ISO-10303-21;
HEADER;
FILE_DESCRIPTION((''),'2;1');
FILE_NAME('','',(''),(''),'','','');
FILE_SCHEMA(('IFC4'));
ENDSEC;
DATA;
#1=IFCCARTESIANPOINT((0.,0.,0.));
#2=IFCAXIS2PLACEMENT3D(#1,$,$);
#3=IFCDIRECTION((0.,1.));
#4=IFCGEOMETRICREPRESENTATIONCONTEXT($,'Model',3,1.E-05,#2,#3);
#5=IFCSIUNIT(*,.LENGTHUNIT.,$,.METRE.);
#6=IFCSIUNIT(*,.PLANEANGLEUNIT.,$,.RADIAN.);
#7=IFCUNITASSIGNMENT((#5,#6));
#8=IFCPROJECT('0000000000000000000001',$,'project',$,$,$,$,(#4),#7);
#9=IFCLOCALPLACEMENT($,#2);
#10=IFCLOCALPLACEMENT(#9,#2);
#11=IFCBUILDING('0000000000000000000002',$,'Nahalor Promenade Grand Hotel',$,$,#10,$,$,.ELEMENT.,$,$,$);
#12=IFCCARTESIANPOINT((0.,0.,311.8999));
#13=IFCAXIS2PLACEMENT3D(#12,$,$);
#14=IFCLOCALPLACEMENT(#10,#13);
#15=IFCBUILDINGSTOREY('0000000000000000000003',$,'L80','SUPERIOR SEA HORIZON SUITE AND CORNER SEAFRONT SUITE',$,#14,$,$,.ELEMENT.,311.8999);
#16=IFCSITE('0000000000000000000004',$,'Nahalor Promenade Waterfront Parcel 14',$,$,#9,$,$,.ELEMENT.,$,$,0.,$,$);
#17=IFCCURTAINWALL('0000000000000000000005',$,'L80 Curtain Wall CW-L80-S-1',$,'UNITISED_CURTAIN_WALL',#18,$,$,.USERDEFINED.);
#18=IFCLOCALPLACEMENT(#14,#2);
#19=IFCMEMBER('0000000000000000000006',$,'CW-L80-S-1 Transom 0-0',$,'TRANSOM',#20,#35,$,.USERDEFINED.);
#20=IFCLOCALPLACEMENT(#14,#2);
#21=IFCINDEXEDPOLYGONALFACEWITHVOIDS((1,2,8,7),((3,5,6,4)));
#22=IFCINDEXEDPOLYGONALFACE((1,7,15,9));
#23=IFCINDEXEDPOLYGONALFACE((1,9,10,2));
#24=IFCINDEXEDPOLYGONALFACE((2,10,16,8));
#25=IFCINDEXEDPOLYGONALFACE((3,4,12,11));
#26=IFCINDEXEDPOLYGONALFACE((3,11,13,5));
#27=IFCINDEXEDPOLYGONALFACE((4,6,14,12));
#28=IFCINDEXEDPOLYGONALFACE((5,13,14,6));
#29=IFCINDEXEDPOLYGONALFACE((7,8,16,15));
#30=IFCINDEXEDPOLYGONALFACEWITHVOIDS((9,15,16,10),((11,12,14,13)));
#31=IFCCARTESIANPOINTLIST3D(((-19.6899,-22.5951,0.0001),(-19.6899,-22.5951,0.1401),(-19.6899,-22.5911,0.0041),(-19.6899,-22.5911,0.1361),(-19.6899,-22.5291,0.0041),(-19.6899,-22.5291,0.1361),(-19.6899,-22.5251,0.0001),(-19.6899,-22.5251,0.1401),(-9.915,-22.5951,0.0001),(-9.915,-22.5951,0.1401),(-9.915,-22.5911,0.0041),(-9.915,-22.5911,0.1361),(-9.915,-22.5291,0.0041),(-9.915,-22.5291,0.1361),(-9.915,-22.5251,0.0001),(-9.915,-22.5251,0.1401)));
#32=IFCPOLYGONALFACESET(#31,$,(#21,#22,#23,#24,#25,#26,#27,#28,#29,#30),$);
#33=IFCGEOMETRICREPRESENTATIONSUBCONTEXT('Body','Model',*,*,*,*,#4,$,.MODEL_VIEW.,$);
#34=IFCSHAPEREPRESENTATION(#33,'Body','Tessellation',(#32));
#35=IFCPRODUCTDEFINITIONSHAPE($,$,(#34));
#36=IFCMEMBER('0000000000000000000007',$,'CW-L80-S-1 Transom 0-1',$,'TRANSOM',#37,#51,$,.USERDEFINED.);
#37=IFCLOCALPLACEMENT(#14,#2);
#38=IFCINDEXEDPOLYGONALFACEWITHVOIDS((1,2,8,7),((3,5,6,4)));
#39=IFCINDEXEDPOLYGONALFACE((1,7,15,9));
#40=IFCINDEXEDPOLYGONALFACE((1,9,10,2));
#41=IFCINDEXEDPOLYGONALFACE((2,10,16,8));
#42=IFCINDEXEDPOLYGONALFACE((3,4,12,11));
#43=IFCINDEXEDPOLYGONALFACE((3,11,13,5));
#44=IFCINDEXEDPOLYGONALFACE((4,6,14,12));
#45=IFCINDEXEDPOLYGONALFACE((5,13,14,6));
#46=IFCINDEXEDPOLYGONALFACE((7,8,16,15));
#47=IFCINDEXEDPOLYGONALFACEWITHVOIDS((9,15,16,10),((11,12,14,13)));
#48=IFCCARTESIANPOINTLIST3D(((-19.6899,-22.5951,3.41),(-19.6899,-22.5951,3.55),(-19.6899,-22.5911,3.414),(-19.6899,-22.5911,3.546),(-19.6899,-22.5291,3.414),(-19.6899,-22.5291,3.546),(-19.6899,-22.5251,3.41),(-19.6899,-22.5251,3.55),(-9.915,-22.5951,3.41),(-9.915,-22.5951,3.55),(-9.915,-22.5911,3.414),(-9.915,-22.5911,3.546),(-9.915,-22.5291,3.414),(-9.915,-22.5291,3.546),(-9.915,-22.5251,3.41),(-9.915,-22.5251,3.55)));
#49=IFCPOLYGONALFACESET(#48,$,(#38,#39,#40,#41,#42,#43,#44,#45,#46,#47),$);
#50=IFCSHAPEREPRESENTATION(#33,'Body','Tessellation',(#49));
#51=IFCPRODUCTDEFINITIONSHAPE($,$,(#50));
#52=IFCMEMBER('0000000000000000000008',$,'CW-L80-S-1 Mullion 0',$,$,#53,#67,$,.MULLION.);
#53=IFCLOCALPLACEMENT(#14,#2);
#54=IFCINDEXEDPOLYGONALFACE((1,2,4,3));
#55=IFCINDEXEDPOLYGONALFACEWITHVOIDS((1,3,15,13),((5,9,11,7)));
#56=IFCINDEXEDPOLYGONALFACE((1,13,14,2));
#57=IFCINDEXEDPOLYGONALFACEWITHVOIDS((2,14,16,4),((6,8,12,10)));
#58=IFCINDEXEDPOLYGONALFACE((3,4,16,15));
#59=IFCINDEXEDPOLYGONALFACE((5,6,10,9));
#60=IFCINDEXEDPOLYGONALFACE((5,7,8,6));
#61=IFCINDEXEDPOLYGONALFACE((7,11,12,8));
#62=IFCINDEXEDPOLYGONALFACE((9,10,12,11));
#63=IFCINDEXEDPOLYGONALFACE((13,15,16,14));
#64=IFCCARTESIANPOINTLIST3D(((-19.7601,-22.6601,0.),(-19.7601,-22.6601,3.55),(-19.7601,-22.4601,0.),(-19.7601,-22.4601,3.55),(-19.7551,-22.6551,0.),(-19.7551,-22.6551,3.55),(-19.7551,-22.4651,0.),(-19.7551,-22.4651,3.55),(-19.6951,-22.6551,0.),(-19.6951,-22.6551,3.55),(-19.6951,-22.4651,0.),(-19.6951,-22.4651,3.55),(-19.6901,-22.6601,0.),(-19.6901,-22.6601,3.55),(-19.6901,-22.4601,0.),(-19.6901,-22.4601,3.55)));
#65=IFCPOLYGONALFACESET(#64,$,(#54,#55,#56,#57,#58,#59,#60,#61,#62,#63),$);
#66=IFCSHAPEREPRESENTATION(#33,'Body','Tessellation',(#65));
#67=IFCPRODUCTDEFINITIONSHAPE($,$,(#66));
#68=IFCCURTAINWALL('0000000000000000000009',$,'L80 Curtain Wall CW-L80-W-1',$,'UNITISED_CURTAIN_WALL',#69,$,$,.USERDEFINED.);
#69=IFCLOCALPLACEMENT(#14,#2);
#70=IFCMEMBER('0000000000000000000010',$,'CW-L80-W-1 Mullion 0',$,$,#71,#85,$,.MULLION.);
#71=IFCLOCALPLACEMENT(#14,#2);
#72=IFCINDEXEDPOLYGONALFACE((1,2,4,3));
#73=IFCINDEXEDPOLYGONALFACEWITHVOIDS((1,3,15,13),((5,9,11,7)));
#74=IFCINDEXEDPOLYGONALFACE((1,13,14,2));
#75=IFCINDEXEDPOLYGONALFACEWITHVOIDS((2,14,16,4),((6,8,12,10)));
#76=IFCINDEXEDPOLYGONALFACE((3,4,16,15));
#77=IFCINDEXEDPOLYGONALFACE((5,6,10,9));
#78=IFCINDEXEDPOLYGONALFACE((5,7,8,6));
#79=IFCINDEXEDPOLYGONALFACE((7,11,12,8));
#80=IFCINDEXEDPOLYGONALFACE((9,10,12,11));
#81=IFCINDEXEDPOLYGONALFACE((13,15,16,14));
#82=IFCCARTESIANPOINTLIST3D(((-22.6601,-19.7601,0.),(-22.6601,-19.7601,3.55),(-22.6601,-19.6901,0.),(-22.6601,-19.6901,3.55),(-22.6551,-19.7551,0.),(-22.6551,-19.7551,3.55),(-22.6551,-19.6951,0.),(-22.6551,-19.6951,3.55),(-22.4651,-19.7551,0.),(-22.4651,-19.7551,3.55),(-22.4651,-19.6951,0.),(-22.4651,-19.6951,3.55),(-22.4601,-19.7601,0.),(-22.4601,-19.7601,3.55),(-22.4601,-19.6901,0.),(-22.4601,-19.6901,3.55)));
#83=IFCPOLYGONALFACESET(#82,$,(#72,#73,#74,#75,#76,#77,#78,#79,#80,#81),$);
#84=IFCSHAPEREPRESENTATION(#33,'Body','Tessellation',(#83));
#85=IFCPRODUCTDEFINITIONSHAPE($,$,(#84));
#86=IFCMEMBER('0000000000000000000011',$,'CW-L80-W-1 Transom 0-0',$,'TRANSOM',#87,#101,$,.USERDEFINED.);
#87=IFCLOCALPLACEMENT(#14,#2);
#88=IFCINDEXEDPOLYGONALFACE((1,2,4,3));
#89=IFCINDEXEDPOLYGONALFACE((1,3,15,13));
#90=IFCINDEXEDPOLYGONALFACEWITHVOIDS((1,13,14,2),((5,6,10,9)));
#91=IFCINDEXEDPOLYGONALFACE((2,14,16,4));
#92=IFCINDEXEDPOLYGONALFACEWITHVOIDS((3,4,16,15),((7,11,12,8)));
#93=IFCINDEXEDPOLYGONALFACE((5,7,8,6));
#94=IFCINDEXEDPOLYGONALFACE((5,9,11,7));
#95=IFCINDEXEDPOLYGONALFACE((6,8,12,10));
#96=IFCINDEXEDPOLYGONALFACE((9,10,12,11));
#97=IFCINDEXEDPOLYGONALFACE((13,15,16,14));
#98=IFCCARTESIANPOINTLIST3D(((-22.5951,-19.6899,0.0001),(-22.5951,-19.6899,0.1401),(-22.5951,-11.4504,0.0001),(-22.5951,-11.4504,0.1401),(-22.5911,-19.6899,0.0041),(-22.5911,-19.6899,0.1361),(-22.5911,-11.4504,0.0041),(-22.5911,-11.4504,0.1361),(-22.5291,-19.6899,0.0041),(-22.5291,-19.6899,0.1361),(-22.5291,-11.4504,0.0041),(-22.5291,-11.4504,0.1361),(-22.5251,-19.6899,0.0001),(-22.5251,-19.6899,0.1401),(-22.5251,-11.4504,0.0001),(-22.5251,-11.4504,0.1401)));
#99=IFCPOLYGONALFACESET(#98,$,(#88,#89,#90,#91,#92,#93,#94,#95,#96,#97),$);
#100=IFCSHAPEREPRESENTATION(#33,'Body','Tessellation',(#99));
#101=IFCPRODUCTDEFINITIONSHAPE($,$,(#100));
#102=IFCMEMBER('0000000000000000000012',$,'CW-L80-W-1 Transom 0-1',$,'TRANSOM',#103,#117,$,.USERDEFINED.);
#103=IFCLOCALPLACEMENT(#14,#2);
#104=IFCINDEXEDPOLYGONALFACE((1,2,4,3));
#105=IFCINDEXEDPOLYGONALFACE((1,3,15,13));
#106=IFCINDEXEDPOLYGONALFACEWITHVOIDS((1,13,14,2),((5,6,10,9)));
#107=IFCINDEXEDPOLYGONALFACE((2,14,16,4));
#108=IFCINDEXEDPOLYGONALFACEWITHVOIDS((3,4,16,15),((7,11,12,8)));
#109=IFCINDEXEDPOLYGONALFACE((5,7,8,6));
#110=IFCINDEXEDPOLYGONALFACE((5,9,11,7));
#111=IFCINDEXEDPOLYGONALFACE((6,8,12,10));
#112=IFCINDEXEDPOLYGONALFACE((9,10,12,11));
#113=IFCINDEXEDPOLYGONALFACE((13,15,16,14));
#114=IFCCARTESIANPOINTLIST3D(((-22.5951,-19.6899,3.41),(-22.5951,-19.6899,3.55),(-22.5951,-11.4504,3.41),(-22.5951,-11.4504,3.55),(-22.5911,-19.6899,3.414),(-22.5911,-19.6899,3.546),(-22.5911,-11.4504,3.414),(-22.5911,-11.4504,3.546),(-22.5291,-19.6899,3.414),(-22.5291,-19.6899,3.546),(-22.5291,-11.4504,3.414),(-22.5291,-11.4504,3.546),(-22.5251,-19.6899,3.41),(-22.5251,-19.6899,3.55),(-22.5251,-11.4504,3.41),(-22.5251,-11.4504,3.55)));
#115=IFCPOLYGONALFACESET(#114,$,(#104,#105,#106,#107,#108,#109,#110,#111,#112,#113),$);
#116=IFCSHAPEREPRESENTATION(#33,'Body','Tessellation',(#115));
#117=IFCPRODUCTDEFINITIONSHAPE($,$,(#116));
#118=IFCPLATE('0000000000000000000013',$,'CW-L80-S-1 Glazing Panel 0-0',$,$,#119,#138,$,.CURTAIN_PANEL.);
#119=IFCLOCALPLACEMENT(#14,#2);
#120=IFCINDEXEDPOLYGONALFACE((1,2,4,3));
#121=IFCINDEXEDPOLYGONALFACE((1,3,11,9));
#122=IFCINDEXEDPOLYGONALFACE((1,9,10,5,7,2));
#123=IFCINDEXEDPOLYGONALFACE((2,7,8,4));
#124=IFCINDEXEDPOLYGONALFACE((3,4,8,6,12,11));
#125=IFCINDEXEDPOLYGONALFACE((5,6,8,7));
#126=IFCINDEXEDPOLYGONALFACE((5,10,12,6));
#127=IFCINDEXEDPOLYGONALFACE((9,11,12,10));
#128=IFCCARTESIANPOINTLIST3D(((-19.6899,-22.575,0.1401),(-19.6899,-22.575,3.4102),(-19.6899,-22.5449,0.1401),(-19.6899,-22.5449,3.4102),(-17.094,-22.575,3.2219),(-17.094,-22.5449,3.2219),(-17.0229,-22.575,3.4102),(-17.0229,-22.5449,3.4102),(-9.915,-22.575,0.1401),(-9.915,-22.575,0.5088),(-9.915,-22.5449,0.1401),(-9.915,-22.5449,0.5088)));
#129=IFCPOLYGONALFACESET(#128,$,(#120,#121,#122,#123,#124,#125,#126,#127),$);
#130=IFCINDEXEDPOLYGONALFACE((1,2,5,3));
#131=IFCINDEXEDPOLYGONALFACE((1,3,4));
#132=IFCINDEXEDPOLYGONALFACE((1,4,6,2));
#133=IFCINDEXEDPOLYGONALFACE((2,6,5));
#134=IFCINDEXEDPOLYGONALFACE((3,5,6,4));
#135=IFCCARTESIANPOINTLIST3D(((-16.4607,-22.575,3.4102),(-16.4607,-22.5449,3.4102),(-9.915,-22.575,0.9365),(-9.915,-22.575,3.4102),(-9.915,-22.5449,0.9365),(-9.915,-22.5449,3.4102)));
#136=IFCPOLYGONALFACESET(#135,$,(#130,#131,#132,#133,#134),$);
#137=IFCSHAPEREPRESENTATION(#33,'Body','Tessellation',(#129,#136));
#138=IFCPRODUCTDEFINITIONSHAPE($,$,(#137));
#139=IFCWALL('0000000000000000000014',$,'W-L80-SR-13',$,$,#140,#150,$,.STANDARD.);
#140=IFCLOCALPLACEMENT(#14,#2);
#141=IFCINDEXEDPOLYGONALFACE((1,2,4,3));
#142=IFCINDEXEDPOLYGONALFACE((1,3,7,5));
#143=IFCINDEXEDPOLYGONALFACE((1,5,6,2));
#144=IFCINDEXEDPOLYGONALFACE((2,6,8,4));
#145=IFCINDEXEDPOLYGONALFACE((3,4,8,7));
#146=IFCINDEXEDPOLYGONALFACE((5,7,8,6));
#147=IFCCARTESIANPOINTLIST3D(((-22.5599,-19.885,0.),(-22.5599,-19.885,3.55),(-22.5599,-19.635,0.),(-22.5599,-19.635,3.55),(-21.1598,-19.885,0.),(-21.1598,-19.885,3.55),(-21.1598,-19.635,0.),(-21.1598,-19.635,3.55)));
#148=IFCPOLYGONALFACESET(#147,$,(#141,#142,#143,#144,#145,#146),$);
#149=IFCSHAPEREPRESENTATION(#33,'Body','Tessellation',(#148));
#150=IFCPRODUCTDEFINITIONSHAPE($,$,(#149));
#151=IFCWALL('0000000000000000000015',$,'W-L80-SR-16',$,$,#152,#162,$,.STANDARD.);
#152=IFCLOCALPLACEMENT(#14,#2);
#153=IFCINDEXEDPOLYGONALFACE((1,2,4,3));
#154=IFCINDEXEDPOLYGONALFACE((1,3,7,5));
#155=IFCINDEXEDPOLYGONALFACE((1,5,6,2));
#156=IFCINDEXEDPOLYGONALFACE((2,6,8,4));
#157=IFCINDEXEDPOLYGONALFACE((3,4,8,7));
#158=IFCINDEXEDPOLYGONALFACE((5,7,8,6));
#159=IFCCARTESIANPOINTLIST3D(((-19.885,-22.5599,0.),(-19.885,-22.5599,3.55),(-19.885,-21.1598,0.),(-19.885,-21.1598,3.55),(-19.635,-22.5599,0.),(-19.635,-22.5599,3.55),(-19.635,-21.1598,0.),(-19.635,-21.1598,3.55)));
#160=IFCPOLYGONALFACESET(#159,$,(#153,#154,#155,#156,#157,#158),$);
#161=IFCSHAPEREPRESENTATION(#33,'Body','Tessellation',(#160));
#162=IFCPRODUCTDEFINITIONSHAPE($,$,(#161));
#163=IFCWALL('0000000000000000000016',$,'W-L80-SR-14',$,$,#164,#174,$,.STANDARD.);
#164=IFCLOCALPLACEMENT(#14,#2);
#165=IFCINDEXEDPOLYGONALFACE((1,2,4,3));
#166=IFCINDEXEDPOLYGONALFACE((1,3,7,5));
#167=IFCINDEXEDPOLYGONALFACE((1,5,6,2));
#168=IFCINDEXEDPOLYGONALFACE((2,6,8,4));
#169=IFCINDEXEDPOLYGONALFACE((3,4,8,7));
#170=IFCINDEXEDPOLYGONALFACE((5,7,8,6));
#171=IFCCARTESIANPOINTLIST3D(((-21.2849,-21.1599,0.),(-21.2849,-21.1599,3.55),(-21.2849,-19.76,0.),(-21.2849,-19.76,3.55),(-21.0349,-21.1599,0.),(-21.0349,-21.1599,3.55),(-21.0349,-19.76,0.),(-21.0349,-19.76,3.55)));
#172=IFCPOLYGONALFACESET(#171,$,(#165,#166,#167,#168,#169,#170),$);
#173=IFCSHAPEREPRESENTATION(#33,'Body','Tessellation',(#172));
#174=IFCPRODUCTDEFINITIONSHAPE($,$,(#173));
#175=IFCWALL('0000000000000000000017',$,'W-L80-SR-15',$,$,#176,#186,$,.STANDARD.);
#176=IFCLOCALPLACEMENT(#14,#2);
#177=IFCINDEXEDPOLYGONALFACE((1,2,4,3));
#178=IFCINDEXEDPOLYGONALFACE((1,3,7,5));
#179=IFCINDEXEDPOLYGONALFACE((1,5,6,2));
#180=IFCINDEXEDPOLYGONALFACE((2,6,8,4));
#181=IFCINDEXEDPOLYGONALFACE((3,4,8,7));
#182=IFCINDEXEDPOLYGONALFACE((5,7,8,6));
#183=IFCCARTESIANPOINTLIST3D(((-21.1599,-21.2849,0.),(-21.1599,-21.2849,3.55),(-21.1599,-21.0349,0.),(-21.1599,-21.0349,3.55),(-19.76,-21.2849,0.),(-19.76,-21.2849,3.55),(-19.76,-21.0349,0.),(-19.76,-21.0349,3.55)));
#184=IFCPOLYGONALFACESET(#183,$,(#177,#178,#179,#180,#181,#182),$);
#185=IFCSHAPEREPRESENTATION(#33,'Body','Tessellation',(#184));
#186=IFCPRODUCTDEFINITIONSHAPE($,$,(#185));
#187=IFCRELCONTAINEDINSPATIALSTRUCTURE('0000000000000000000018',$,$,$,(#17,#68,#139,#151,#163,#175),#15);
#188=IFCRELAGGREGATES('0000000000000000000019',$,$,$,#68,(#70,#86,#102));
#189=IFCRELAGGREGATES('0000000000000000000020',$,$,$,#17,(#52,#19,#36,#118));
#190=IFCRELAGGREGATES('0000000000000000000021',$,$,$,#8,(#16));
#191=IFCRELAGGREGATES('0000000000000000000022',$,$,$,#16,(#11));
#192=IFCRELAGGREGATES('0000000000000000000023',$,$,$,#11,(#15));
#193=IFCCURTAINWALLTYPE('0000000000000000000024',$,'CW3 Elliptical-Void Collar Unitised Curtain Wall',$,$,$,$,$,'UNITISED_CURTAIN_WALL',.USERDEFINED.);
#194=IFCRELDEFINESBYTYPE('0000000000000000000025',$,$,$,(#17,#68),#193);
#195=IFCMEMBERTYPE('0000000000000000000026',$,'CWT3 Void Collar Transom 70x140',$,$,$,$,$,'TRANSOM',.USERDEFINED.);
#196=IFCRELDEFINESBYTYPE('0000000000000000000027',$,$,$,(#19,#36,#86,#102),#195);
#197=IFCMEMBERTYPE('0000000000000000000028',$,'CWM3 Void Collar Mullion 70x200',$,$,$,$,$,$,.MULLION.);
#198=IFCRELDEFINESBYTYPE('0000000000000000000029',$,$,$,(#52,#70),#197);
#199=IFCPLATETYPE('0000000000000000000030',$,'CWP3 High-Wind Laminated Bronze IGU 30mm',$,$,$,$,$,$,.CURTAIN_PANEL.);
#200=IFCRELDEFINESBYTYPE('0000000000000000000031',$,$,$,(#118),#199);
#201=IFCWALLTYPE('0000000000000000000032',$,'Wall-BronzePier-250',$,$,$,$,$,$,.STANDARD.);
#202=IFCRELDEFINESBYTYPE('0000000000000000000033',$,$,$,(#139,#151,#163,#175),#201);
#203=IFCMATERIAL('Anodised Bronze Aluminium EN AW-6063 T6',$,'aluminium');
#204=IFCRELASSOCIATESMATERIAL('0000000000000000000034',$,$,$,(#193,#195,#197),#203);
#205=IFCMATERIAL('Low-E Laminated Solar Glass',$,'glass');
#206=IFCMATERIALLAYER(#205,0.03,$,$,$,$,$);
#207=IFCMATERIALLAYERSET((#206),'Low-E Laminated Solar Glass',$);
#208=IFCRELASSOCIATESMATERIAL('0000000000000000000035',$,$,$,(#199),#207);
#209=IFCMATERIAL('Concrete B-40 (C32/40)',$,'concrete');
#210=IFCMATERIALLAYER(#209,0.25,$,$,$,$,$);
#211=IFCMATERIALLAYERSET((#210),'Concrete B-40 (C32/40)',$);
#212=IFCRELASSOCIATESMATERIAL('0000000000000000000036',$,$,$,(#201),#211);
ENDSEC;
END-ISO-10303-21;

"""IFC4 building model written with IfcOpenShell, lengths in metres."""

from ifc_helpers import new_model, si_unit, direction, frame, frame_2d, origin, origin_2d, place, context, subcontext, project, spatial, polyline, rectangle, hollow_rectangle, outline, extrude, source, transform, mapped, material, layer, layer_set, material_profile, profile_set, type_object, element, aggregate, save


model = new_model("IFC4")

# Units and contexts
model_context = context("Model", 3, precision=1e-05, world=origin(), true_north=direction((0.0, 1.0)))
body_context = subcontext(model_context, "Body", "Model", "MODEL_VIEW")
ifc_project = project(units=[si_unit("LENGTHUNIT", "METRE"), si_unit("PLANEANGLEUNIT", "RADIAN")], contexts=[model_context])

# Site, building, storey
site_placement = place(None, origin())
site = spatial("IfcSite", under=ifc_project, at=site_placement, Name="Nahalor Promenade Waterfront Parcel 14", CompositionType="ELEMENT", RefElevation=0.0)
building_placement = place(site_placement, origin())
building = spatial("IfcBuilding", under=site, at=building_placement, Name="Nahalor Promenade Grand Hotel", CompositionType="ELEMENT")
storey_placement = place(building_placement, frame((0.0, 0.0, 311.8999)))
storey = spatial("IfcBuildingStorey", under=building, at=storey_placement, Name="L80", Description="SUPERIOR SEA HORIZON SUITE AND CORNER SEAFRONT SUITE", CompositionType="ELEMENT", Elevation=311.8999)

# Curtain walls, members
ifc_material_1 = material(Name="Anodised Bronze Aluminium EN AW-6063 T6", Category="aluminium")
curtain_wall_type = type_object("IfcCurtainWallType", Name="CW3 Elliptical-Void Collar Unitised Curtain Wall", ElementType="UNITISED_CURTAIN_WALL", PredefinedType="USERDEFINED", material=ifc_material_1)
curtain_wall_1_placement = place(storey_placement, origin())
curtain_wall_1 = element("IfcCurtainWall", 1, at=curtain_wall_1_placement, inside=storey, type_object=curtain_wall_type, Name="L80 Curtain Wall CW-L80-S-1", ObjectType="UNITISED_CURTAIN_WALL", PredefinedType="USERDEFINED")
ifc_material_profile_1 = material_profile(ifc_material_1, hollow_rectangle(XDim=0.07, YDim=0.14, WallThickness=0.004, at=origin_2d()), Name="CWT 70x140x4")
ifc_profile_set_1 = profile_set([ifc_material_profile_1], Name="Anodised Bronze Aluminium EN AW-6063 T6")
member_type_1 = type_object("IfcMemberType", Name="CWT3 Void Collar Transom 70x140", ElementType="TRANSOM", PredefinedType="USERDEFINED", material=ifc_profile_set_1)
shared_shape_1 = source(origin(), body_context, "Body", "SweptSolid", [
    extrude(hollow_rectangle(XDim=0.07, YDim=0.14, WallThickness=0.004, at=origin_2d()), origin(), (0.0, 0.0, 1.0), 9.7749),
])
member_1_placement = place(storey_placement, frame((-19.6899, -22.5601, 0.0701), z_axis=(1.0, 0.0, 0.0), x_axis=(0.0, 1.0, 0.0)))
member_1 = element("IfcMember", 2, at=member_1_placement, type_object=member_type_1, Name="CW-L80-S-1 Transom 0-0", ObjectType="TRANSOM", PredefinedType="USERDEFINED", context=body_context, shape_type="MappedRepresentation", body=[
    mapped(shared_shape_1, transform((0.0, 0.0, 0.0), scale=1.0)),
])
member_2_placement = place(storey_placement, frame((-19.6899, -22.5601, 3.48), z_axis=(1.0, 0.0, 0.0), x_axis=(0.0, 1.0, 0.0)))
member_2 = element("IfcMember", 3, at=member_2_placement, type_object=member_type_1, Name="CW-L80-S-1 Transom 0-1", ObjectType="TRANSOM", PredefinedType="USERDEFINED", context=body_context, shape_type="MappedRepresentation", body=[
    mapped(shared_shape_1, transform((0.0, 0.0, 0.0), scale=1.0)),
])
ifc_material_profile_2 = material_profile(ifc_material_1, hollow_rectangle(XDim=0.07, YDim=0.2, WallThickness=0.005, at=origin_2d()), Name="CWM 70x200x5")
ifc_profile_set_2 = profile_set([ifc_material_profile_2], Name="Anodised Bronze Aluminium EN AW-6063 T6")
member_type_2 = type_object("IfcMemberType", Name="CWM3 Void Collar Mullion 70x200", PredefinedType="MULLION", material=ifc_profile_set_2)
shared_shape_2 = source(origin(), body_context, "Body", "SweptSolid", [
    extrude(hollow_rectangle(XDim=0.07, YDim=0.2, WallThickness=0.005, at=origin_2d()), origin(), (0.0, 0.0, 1.0), 3.55),
])
member_3_placement = place(storey_placement, frame((-19.7251, -22.5601, 0.0), z_axis=(0.0, 0.0, 1.0), x_axis=(1.0, 0.0, 0.0)))
member_3 = element("IfcMember", 4, at=member_3_placement, type_object=member_type_2, Name="CW-L80-S-1 Mullion 0", PredefinedType="MULLION", context=body_context, shape_type="MappedRepresentation", body=[
    mapped(shared_shape_2, transform((0.0, 0.0, 0.0), scale=1.0)),
])
curtain_wall_2_placement = place(storey_placement, origin())
curtain_wall_2 = element("IfcCurtainWall", 5, at=curtain_wall_2_placement, inside=storey, type_object=curtain_wall_type, Name="L80 Curtain Wall CW-L80-W-1", ObjectType="UNITISED_CURTAIN_WALL", PredefinedType="USERDEFINED")
member_4_placement = place(storey_placement, frame((-22.5601, -19.7251, 0.0), z_axis=(0.0, 0.0, 1.0), x_axis=(0.0, 1.0, 0.0)))
member_4 = element("IfcMember", 6, at=member_4_placement, type_object=member_type_2, Name="CW-L80-W-1 Mullion 0", PredefinedType="MULLION", context=body_context, shape_type="MappedRepresentation", body=[
    mapped(shared_shape_2, transform((0.0, 0.0, 0.0), scale=1.0)),
])
shared_shape_3 = source(origin(), body_context, "Body", "SweptSolid", [
    extrude(hollow_rectangle(XDim=0.07, YDim=0.14, WallThickness=0.004, at=origin_2d()), origin(), (0.0, 0.0, 1.0), 8.2395),
])
member_5_placement = place(storey_placement, frame((-22.5601, -19.6899, 0.0701), z_axis=(0.0, 1.0, 0.0), x_axis=(-1.0, 0.0, 0.0)))
member_5 = element("IfcMember", 7, at=member_5_placement, type_object=member_type_1, Name="CW-L80-W-1 Transom 0-0", ObjectType="TRANSOM", PredefinedType="USERDEFINED", context=body_context, shape_type="MappedRepresentation", body=[
    mapped(shared_shape_3, transform((0.0, 0.0, 0.0), scale=1.0)),
])
member_6_placement = place(storey_placement, frame((-22.5601, -19.6899, 3.48), z_axis=(0.0, 1.0, 0.0), x_axis=(-1.0, 0.0, 0.0)))
member_6 = element("IfcMember", 8, at=member_6_placement, type_object=member_type_1, Name="CW-L80-W-1 Transom 0-1", ObjectType="TRANSOM", PredefinedType="USERDEFINED", context=body_context, shape_type="MappedRepresentation", body=[
    mapped(shared_shape_3, transform((0.0, 0.0, 0.0), scale=1.0)),
])
aggregate(curtain_wall_2, [member_4, member_5, member_6])

# Plate
ifc_material_2 = material(Name="Low-E Laminated Solar Glass", Category="glass")
ifc_layer_1 = layer(ifc_material_2, 0.03)
ifc_layer_set_1 = layer_set([ifc_layer_1], Name="Low-E Laminated Solar Glass")
plate_type = type_object("IfcPlateType", Name="CWP3 High-Wind Laminated Bronze IGU 30mm", PredefinedType="CURTAIN_PANEL", material=ifc_layer_set_1)
plate_placement = place(storey_placement, frame((-14.8025, -22.5601, 0.1401), z_axis=(0.0, 0.0, 1.0), x_axis=(1.0, 0.0, 0.0)))
plate = element("IfcPlate", 9, at=plate_placement, type_object=plate_type, Name="CW-L80-S-1 Glazing Panel 0-0", PredefinedType="CURTAIN_PANEL", context=body_context, shape_type="SweptSolid", body=[
    extrude(outline(polyline([(-4.8875, 0.0), (4.8875, 0.0), (4.8875, 0.3687), (-2.2915, 3.0818), (-2.2205, 3.27), (-4.8875, 3.27), (-4.8875, 0.0)])), frame((0.0, 0.0151, 0.0), z_axis=(0.0, -1.0, 0.0), x_axis=(1.0, 0.0, 0.0)), (0.0, 0.0, 1.0), 0.03),
    extrude(outline(polyline([(4.8875, 0.7964), (4.8875, 3.27), (-1.6582, 3.27), (4.8875, 0.7964)])), frame((0.0, 0.0151, 0.0), z_axis=(0.0, -1.0, 0.0), x_axis=(1.0, 0.0, 0.0)), (0.0, 0.0, 1.0), 0.03),
])
aggregate(curtain_wall_1, [member_3, member_1, member_2, plate])

# Walls
ifc_material_3 = material(Name="Concrete B-40 (C32/40)", Category="concrete")
ifc_layer_2 = layer(ifc_material_3, 0.25)
ifc_layer_set_2 = layer_set([ifc_layer_2], Name="Concrete B-40 (C32/40)")
wall_type_1 = type_object("IfcWallType", Name="Wall-BronzePier-250", PredefinedType="STANDARD", material=ifc_layer_set_2)
shared_shape_4 = source(origin(), body_context, "Body", "SweptSolid", [
    extrude(rectangle(XDim=1.4001, YDim=0.25, at=frame_2d((0.7002, 0.0))), origin(), (0.0, 0.0, 1.0), 3.55),
])
for number, where, z_axis, x_axis, name in (
    (10, (-22.5601, -19.76, 0.0), (0.0, 0.0, 1.0), (1.0, 0.0, 0.0), "W-L80-SR-13"),
    (11, (-19.76, -22.5601, 0.0), (0.0, 0.0, 1.0), (0.0, 1.0, 0.0), "W-L80-SR-16"),
):
    element("IfcWall", number, at=place(storey_placement, frame(where, z_axis=z_axis, x_axis=x_axis)), inside=storey, type_object=wall_type_1, Name=name, PredefinedType="STANDARD", context=body_context, shape_type="MappedRepresentation", body=[
        mapped(shared_shape_4, transform((0.0, 0.0, 0.0), scale=1.0)),
    ])
shared_shape_5 = source(origin(), body_context, "Body", "SweptSolid", [
    extrude(rectangle(XDim=1.3999, YDim=0.25, at=frame_2d((0.7, 0.0))), origin(), (0.0, 0.0, 1.0), 3.55),
])
for number, where, z_axis, x_axis, name in (
    (12, (-21.1599, -21.1599, 0.0), (0.0, 0.0, 1.0), (0.0, 1.0, 0.0), "W-L80-SR-14"),
    (13, (-21.1599, -21.1599, 0.0), (0.0, 0.0, 1.0), (1.0, 0.0, 0.0), "W-L80-SR-15"),
):
    element("IfcWall", number, at=place(storey_placement, frame(where, z_axis=z_axis, x_axis=x_axis)), inside=storey, type_object=wall_type_1, Name=name, PredefinedType="STANDARD", context=body_context, shape_type="MappedRepresentation", body=[
        mapped(shared_shape_5, transform((0.0, 0.0, 0.0), scale=1.0)),
    ])

save(model, "model.ifc")
